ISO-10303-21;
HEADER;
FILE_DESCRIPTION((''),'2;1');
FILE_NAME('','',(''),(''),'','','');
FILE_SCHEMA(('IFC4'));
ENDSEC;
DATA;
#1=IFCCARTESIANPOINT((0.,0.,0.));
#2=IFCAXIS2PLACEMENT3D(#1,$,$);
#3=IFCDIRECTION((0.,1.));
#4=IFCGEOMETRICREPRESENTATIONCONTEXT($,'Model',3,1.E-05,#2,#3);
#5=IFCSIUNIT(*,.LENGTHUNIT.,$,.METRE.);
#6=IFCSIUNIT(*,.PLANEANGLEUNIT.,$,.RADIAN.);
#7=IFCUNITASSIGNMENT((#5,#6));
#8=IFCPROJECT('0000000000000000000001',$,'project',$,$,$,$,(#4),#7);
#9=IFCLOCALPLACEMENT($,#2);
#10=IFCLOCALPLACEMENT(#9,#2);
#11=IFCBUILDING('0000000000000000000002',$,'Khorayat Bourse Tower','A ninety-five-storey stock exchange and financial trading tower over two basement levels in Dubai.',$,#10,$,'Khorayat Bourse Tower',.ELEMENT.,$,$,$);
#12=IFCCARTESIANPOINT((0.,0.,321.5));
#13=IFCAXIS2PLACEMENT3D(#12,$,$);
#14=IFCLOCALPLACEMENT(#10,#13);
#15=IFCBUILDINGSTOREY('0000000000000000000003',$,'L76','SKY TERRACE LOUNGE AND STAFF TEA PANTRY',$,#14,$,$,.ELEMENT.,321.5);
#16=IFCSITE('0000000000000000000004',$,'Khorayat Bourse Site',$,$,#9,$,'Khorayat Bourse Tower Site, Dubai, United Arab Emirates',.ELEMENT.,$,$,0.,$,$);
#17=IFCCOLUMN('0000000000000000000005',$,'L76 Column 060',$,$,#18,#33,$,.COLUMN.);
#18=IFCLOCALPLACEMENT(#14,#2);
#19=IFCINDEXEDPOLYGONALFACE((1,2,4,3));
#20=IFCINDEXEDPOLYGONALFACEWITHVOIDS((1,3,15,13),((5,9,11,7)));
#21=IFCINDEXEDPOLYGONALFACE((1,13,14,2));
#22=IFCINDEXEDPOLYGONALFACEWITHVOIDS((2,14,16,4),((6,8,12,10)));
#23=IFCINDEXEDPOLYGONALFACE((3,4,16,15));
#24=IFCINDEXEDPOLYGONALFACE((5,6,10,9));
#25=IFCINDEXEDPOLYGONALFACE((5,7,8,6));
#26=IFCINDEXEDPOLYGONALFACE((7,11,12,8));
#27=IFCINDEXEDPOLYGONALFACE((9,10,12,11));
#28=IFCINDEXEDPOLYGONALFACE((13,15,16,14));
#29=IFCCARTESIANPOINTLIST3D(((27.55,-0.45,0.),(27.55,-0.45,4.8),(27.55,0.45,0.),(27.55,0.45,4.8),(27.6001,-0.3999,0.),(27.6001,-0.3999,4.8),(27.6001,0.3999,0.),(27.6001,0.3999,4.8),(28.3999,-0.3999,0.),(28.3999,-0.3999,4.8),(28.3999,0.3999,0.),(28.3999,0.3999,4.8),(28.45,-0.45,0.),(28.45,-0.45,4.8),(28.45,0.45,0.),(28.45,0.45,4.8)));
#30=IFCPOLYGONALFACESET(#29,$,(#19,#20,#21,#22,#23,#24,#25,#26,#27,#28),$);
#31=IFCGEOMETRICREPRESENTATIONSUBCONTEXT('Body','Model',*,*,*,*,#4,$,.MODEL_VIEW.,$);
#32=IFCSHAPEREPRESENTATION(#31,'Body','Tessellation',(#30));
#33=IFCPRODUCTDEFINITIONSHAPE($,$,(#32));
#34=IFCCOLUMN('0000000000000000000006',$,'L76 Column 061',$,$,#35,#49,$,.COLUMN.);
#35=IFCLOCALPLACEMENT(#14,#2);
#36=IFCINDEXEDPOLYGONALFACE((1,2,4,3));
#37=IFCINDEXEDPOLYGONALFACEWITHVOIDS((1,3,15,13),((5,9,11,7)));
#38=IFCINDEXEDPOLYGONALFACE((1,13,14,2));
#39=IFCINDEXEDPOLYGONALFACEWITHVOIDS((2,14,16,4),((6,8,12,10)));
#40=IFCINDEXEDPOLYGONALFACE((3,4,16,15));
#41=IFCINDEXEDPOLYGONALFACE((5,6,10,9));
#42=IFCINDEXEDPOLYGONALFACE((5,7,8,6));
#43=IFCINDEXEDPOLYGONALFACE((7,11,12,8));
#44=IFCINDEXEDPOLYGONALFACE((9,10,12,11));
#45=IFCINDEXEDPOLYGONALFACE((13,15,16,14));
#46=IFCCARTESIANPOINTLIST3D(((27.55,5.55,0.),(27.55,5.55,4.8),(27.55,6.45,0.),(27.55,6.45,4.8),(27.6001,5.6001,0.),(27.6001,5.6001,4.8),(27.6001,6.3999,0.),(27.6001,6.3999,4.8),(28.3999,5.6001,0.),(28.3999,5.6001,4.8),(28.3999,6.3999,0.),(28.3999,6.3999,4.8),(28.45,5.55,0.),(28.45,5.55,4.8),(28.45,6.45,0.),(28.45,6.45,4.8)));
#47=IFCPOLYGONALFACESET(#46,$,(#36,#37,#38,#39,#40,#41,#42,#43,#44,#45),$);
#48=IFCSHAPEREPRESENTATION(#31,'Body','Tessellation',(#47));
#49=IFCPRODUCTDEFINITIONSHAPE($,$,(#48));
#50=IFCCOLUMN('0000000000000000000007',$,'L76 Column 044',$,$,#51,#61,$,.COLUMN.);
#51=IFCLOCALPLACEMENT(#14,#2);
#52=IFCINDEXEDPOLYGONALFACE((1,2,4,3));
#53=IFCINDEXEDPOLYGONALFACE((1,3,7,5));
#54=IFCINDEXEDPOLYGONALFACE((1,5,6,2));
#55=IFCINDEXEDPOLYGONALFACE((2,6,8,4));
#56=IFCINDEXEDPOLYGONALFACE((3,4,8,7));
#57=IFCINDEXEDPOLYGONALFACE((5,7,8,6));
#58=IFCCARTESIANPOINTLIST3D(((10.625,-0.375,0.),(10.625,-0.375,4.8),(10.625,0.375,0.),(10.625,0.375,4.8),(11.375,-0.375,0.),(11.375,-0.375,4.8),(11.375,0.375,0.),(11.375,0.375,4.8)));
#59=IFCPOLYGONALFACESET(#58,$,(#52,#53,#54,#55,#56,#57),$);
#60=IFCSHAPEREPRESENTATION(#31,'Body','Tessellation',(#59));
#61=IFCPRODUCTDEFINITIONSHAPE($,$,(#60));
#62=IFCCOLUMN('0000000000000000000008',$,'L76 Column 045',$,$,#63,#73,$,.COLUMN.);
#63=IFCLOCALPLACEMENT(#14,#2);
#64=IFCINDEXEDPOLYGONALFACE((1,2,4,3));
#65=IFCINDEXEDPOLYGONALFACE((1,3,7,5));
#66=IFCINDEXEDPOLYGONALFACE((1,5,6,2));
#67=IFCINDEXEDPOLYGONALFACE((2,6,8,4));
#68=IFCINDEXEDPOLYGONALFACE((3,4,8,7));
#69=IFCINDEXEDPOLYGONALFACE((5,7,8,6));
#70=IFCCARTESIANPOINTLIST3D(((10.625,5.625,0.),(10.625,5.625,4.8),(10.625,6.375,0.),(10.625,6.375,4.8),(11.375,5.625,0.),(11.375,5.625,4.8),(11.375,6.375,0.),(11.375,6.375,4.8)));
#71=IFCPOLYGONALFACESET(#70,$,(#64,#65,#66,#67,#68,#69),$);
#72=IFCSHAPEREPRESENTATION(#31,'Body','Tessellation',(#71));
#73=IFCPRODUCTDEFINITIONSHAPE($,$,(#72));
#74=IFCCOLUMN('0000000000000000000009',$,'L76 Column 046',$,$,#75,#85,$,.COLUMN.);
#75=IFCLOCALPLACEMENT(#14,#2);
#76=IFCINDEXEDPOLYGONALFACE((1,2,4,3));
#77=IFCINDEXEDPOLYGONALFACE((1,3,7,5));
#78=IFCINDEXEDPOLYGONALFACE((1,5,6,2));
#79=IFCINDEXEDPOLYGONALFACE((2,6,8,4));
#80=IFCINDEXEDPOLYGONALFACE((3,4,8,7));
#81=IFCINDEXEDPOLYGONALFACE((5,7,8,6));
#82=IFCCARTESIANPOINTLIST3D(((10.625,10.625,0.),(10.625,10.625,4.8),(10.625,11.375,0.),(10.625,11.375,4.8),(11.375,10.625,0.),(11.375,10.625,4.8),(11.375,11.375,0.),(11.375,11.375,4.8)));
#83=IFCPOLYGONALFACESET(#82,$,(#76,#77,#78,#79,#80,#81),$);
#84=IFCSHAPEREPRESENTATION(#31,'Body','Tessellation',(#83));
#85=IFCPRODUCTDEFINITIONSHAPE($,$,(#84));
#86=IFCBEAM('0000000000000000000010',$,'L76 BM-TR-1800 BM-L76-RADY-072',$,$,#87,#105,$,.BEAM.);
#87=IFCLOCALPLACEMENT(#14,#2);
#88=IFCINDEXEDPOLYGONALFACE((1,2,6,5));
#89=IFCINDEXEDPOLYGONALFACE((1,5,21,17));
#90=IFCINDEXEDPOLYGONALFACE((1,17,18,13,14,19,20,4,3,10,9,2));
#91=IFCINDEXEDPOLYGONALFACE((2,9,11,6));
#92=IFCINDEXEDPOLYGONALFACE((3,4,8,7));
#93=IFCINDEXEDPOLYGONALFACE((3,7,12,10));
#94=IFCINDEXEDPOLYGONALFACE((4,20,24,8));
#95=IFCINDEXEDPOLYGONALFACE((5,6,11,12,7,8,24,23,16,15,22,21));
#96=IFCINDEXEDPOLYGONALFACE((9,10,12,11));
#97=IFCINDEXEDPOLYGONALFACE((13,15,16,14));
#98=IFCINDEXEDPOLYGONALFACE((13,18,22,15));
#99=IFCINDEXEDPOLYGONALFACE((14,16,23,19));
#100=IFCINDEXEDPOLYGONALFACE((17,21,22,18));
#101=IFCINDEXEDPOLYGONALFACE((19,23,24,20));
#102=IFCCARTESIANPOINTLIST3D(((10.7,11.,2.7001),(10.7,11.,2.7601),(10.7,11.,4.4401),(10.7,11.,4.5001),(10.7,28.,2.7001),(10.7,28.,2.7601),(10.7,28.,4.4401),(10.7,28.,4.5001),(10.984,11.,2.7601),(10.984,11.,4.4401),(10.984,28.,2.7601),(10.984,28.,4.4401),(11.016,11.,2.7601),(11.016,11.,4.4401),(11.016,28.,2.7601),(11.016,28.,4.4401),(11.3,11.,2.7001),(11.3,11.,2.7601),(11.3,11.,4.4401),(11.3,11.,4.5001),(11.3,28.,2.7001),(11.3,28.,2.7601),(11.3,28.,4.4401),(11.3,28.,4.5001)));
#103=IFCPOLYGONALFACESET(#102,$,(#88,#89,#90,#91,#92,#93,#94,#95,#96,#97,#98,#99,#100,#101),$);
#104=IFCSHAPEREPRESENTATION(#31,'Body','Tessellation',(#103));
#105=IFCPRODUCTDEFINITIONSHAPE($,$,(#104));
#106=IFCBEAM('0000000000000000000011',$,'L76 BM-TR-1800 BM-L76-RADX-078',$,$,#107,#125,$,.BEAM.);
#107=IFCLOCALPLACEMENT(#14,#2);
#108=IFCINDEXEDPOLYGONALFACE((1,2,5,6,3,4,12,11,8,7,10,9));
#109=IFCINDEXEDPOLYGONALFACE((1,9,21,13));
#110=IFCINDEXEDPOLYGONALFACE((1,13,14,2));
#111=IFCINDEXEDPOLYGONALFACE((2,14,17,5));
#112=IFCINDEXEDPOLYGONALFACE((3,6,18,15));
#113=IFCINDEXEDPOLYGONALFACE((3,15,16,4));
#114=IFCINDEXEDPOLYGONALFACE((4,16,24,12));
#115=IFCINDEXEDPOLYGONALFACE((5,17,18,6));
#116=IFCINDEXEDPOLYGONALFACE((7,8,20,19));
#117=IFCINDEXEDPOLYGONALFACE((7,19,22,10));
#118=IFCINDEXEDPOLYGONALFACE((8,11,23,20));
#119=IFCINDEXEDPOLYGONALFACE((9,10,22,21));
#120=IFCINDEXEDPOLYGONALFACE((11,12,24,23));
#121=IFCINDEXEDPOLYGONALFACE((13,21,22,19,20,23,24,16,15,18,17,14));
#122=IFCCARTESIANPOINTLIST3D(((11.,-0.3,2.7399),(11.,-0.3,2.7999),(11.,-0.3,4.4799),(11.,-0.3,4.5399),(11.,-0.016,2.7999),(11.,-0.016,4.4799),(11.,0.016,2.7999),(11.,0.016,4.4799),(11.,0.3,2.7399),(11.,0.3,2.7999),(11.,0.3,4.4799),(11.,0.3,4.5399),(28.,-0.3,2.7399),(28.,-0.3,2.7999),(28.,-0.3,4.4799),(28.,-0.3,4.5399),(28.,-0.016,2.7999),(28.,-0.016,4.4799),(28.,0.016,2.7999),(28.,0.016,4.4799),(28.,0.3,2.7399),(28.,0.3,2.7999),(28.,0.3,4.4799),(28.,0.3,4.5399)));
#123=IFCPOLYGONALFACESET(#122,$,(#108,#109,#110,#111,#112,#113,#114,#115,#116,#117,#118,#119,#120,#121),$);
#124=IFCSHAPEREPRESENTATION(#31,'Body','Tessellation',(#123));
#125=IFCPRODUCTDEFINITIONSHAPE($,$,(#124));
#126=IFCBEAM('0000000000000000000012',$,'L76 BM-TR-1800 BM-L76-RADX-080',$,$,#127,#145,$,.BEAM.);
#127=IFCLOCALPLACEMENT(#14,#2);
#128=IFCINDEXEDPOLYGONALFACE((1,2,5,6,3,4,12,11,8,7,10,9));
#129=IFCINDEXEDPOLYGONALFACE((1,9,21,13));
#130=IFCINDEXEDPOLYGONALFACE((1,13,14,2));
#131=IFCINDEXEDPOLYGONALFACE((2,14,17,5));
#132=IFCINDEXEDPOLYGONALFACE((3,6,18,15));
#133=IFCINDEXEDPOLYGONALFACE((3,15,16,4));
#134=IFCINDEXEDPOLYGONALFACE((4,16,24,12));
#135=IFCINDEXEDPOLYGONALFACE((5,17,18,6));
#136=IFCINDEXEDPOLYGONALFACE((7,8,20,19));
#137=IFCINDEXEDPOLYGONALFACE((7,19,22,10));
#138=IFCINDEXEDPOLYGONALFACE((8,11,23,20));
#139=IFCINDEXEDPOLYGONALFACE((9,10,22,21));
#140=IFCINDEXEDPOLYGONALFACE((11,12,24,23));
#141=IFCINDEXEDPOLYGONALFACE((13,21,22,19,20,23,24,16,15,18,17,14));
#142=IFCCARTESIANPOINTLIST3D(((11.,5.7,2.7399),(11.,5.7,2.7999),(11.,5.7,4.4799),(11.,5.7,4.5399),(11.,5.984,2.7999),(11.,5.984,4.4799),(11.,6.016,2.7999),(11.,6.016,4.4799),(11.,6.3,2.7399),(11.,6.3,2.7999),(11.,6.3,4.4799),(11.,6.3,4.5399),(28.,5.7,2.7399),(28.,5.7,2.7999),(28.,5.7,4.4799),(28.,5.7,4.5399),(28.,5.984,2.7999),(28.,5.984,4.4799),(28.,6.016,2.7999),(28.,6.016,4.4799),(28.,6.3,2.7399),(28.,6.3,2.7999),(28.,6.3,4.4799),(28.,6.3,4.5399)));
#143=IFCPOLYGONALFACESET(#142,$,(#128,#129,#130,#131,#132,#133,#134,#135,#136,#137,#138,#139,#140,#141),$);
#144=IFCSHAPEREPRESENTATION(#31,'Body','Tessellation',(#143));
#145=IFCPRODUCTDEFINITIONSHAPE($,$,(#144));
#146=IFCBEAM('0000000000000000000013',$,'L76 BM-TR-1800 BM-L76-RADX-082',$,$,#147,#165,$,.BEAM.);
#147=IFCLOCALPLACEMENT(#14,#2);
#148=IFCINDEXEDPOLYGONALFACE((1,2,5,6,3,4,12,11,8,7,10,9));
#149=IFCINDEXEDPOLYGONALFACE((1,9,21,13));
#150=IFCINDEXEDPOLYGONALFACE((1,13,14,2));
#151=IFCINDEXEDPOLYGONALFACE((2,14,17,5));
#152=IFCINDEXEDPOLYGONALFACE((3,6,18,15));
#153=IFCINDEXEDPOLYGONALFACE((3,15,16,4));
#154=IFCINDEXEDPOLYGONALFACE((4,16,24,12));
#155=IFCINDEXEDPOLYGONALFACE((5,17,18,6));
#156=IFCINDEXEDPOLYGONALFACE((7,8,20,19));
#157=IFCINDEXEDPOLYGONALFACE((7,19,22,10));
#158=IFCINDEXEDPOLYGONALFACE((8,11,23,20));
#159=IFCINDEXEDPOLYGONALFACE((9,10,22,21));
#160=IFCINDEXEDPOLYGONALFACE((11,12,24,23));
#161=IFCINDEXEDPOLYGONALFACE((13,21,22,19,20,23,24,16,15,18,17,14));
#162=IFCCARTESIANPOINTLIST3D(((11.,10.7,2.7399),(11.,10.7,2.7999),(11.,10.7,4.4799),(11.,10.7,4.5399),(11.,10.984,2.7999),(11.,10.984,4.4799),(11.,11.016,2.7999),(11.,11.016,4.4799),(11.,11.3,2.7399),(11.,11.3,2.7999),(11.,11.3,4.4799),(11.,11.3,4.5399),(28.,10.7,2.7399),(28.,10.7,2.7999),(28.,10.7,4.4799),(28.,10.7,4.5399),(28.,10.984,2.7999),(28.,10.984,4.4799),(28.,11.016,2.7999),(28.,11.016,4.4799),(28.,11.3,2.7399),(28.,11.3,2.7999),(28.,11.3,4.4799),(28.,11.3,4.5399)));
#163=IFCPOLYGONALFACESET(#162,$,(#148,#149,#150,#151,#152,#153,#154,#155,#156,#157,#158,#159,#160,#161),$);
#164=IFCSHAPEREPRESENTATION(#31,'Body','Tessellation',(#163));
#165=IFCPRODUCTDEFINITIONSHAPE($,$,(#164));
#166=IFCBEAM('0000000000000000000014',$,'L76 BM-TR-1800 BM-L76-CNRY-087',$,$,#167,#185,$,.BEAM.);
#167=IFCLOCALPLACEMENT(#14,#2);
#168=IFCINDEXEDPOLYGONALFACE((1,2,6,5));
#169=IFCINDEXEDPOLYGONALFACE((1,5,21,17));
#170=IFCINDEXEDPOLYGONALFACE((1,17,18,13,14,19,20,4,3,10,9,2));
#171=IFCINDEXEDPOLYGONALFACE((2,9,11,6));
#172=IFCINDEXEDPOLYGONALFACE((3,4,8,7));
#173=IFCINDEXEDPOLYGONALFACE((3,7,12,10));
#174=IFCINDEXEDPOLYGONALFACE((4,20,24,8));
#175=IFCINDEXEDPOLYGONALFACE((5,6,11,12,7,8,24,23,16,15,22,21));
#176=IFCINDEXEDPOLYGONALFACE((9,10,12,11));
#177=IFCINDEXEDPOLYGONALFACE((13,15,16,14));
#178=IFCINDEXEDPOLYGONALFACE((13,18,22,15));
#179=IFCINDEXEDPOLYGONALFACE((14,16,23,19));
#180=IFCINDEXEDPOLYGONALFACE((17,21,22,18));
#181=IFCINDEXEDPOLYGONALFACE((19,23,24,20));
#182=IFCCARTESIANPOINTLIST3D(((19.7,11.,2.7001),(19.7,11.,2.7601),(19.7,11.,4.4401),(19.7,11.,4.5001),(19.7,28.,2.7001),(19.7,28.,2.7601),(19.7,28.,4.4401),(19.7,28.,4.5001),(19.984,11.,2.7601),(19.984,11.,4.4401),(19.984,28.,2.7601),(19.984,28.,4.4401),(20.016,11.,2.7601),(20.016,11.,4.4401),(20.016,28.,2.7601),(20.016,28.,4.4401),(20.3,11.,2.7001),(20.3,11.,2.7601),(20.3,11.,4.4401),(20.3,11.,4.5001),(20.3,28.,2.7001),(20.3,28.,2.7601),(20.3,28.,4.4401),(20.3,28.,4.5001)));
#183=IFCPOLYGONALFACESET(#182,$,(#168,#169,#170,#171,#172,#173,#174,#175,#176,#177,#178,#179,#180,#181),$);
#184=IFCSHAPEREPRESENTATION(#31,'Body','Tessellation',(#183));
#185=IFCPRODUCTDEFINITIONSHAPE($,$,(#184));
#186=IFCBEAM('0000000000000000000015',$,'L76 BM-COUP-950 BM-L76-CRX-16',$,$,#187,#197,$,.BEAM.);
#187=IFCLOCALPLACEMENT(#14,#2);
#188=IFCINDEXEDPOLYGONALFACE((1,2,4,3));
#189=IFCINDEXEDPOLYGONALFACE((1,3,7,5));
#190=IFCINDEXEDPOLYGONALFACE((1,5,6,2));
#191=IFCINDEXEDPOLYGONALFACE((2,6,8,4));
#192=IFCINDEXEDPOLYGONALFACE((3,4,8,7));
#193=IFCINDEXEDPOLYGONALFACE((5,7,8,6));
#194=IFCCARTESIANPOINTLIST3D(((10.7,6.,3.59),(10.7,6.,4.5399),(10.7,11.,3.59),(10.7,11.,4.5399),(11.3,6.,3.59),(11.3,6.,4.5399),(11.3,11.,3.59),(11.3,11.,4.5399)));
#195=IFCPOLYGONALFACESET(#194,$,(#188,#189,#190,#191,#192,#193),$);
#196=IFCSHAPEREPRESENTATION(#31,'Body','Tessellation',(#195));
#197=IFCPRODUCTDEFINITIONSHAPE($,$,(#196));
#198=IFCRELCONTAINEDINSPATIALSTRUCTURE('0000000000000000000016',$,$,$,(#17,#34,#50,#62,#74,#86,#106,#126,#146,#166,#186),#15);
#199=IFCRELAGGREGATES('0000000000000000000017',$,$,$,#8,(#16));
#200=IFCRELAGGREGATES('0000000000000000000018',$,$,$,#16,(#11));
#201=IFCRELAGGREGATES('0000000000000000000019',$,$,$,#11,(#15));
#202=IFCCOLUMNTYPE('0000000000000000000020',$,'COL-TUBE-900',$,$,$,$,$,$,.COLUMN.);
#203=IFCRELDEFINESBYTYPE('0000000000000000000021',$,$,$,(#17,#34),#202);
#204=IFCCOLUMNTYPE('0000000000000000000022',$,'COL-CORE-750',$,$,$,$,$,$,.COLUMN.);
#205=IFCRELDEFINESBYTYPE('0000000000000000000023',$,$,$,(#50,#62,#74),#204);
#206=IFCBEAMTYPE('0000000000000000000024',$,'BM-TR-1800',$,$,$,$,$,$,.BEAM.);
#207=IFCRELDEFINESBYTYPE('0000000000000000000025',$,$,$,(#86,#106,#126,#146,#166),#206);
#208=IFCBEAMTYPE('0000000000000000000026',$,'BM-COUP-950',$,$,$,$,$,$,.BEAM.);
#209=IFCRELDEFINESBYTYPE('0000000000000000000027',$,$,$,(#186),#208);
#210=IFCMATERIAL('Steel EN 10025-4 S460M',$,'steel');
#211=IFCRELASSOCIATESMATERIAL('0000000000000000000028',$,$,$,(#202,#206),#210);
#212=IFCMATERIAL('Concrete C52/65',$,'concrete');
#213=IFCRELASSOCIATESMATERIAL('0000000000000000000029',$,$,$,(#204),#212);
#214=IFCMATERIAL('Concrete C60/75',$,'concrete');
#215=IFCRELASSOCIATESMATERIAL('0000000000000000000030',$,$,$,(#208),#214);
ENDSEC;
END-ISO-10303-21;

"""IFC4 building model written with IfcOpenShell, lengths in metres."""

from ifc_helpers import new_model, si_unit, direction, frame, origin, origin_2d, place, context, subcontext, project, spatial, rectangle, hollow_rectangle, i_section, extrude, source, transform, mapped, material, material_profile, profile_set, type_object, element, save


model = new_model("IFC4")

# Units and contexts
model_context = context("Model", 3, precision=1e-05, world=origin(), true_north=direction((0.0, 1.0)))
body_context = subcontext(model_context, "Body", "Model", "MODEL_VIEW")
ifc_project = project(units=[si_unit("LENGTHUNIT", "METRE"), si_unit("PLANEANGLEUNIT", "RADIAN")], contexts=[model_context])

# Site, building, storey
site_placement = place(None, origin())
site = spatial("IfcSite", under=ifc_project, at=site_placement, Name="Khorayat Bourse Site", LongName="Khorayat Bourse Tower Site, Dubai, United Arab Emirates", CompositionType="ELEMENT", RefElevation=0.0)
building_placement = place(site_placement, origin())
building = spatial("IfcBuilding", under=site, at=building_placement, Name="Khorayat Bourse Tower", Description="A ninety-five-storey stock exchange and financial trading tower over two basement levels in Dubai.", LongName="Khorayat Bourse Tower", CompositionType="ELEMENT")
storey_placement = place(building_placement, frame((0.0, 0.0, 321.5)))
storey = spatial("IfcBuildingStorey", under=building, at=storey_placement, Name="L76", Description="SKY TERRACE LOUNGE AND STAFF TEA PANTRY", CompositionType="ELEMENT", Elevation=321.5)

# Columns
ifc_material_1 = material(Name="Steel EN 10025-4 S460M", Category="steel")
ifc_material_profile_1 = material_profile(ifc_material_1, hollow_rectangle(XDim=0.8999, YDim=0.8999, WallThickness=0.05, at=origin_2d()), Name="BOX 900x900x50")
ifc_profile_set_1 = profile_set([ifc_material_profile_1], Name="Steel EN 10025-4 S460M")
column_type_1 = type_object("IfcColumnType", Name="COL-TUBE-900", PredefinedType="COLUMN", material=ifc_profile_set_1)
shared_shape_1 = source(origin(), body_context, "Body", "SweptSolid", [
    extrude(hollow_rectangle(XDim=0.8999, YDim=0.8999, WallThickness=0.05, at=origin_2d()), origin(), (0.0, 0.0, 1.0), 4.8),
])
for number, where, z_axis, x_axis, name in (
    (1, (28.0, 0.0, 0.0), (0.0, 0.0, 1.0), (1.0, 0.0, 0.0), "L76 Column 060"),
    (2, (28.0, 6.0, 0.0), (0.0, 0.0, 1.0), (1.0, 0.0, 0.0), "L76 Column 061"),
):
    element("IfcColumn", number, at=place(storey_placement, frame(where, z_axis=z_axis, x_axis=x_axis)), inside=storey, type_object=column_type_1, Name=name, PredefinedType="COLUMN", context=body_context, shape_type="MappedRepresentation", body=[
        mapped(shared_shape_1, transform((0.0, 0.0, 0.0), scale=1.0)),
    ])
ifc_material_2 = material(Name="Concrete C52/65", Category="concrete")
ifc_material_profile_2 = material_profile(ifc_material_2, rectangle(XDim=0.75, YDim=0.75, at=origin_2d()), Name="RC 750x750")
ifc_profile_set_2 = profile_set([ifc_material_profile_2], Name="Concrete C52/65")
column_type_2 = type_object("IfcColumnType", Name="COL-CORE-750", PredefinedType="COLUMN", material=ifc_profile_set_2)
shared_shape_2 = source(origin(), body_context, "Body", "SweptSolid", [
    extrude(rectangle(XDim=0.75, YDim=0.75, at=origin_2d()), origin(), (0.0, 0.0, 1.0), 4.8),
])
for number, where, z_axis, x_axis, name in (
    (3, (11.0, 0.0, 0.0), (0.0, 0.0, 1.0), (1.0, 0.0, 0.0), "L76 Column 044"),
    (4, (11.0, 6.0, 0.0), (0.0, 0.0, 1.0), (1.0, 0.0, 0.0), "L76 Column 045"),
    (5, (11.0, 11.0, 0.0), (0.0, 0.0, 1.0), (1.0, 0.0, 0.0), "L76 Column 046"),
):
    element("IfcColumn", number, at=place(storey_placement, frame(where, z_axis=z_axis, x_axis=x_axis)), inside=storey, type_object=column_type_2, Name=name, PredefinedType="COLUMN", context=body_context, shape_type="MappedRepresentation", body=[
        mapped(shared_shape_2, transform((0.0, 0.0, 0.0), scale=1.0)),
    ])

# Beams
ifc_material_profile_3 = material_profile(ifc_material_1, i_section(OverallWidth=0.6001, OverallDepth=1.8, WebThickness=0.032, FlangeThickness=0.0601, at=origin_2d()), Name="PG 1800x600x32x60")
ifc_profile_set_3 = profile_set([ifc_material_profile_3], Name="Steel EN 10025-4 S460M")
beam_type_1 = type_object("IfcBeamType", Name="BM-TR-1800", PredefinedType="BEAM", material=ifc_profile_set_3)
shared_shape_3 = source(origin(), body_context, "Body", "SweptSolid", [
    extrude(i_section(OverallWidth=0.6001, OverallDepth=1.8, WebThickness=0.032, FlangeThickness=0.0601, at=origin_2d()), origin(), (0.0, 0.0, 1.0), 17.0),
])
for number, where, z_axis, x_axis, name in (
    (6, (11.0, 11.0, 3.6001), (0.0, 1.0, 0.0), (-1.0, 0.0, 0.0), "L76 BM-TR-1800 BM-L76-RADY-072"),
    (7, (11.0, 0.0, 3.6399), (1.0, 0.0, 0.0), (0.0, 1.0, 0.0), "L76 BM-TR-1800 BM-L76-RADX-078"),
    (8, (11.0, 6.0, 3.6399), (1.0, 0.0, 0.0), (0.0, 1.0, 0.0), "L76 BM-TR-1800 BM-L76-RADX-080"),
    (9, (11.0, 11.0, 3.6399), (1.0, 0.0, 0.0), (0.0, 1.0, 0.0), "L76 BM-TR-1800 BM-L76-RADX-082"),
    (10, (20.0, 11.0, 3.6001), (0.0, 1.0, 0.0), (-1.0, 0.0, 0.0), "L76 BM-TR-1800 BM-L76-CNRY-087"),
):
    element("IfcBeam", number, at=place(storey_placement, frame(where, z_axis=z_axis, x_axis=x_axis)), inside=storey, type_object=beam_type_1, Name=name, PredefinedType="BEAM", context=body_context, shape_type="MappedRepresentation", body=[
        mapped(shared_shape_3, transform((0.0, 0.0, 0.0), scale=1.0)),
    ])
ifc_material_3 = material(Name="Concrete C60/75", Category="concrete")
ifc_material_profile_4 = material_profile(ifc_material_3, rectangle(XDim=0.6001, YDim=0.95, at=origin_2d()), Name="RC 600x950")
ifc_profile_set_4 = profile_set([ifc_material_profile_4], Name="Concrete C60/75")
beam_type_2 = type_object("IfcBeamType", Name="BM-COUP-950", PredefinedType="BEAM", material=ifc_profile_set_4)
shared_shape_4 = source(origin(), body_context, "Body", "SweptSolid", [
    extrude(rectangle(XDim=0.6001, YDim=0.95, at=origin_2d()), origin(), (0.0, 0.0, 1.0), 5.0),
])
beam_1_placement = place(storey_placement, frame((11.0, 6.0, 4.0649), z_axis=(0.0, 1.0, 0.0), x_axis=(-1.0, 0.0, 0.0)))
element("IfcBeam", 11, at=beam_1_placement, inside=storey, type_object=beam_type_2, Name="L76 BM-COUP-950 BM-L76-CRX-16", PredefinedType="BEAM", context=body_context, shape_type="MappedRepresentation", body=[
    mapped(shared_shape_4, transform((0.0, 0.0, 0.0), scale=1.0)),
])

save(model, "model.ifc")
